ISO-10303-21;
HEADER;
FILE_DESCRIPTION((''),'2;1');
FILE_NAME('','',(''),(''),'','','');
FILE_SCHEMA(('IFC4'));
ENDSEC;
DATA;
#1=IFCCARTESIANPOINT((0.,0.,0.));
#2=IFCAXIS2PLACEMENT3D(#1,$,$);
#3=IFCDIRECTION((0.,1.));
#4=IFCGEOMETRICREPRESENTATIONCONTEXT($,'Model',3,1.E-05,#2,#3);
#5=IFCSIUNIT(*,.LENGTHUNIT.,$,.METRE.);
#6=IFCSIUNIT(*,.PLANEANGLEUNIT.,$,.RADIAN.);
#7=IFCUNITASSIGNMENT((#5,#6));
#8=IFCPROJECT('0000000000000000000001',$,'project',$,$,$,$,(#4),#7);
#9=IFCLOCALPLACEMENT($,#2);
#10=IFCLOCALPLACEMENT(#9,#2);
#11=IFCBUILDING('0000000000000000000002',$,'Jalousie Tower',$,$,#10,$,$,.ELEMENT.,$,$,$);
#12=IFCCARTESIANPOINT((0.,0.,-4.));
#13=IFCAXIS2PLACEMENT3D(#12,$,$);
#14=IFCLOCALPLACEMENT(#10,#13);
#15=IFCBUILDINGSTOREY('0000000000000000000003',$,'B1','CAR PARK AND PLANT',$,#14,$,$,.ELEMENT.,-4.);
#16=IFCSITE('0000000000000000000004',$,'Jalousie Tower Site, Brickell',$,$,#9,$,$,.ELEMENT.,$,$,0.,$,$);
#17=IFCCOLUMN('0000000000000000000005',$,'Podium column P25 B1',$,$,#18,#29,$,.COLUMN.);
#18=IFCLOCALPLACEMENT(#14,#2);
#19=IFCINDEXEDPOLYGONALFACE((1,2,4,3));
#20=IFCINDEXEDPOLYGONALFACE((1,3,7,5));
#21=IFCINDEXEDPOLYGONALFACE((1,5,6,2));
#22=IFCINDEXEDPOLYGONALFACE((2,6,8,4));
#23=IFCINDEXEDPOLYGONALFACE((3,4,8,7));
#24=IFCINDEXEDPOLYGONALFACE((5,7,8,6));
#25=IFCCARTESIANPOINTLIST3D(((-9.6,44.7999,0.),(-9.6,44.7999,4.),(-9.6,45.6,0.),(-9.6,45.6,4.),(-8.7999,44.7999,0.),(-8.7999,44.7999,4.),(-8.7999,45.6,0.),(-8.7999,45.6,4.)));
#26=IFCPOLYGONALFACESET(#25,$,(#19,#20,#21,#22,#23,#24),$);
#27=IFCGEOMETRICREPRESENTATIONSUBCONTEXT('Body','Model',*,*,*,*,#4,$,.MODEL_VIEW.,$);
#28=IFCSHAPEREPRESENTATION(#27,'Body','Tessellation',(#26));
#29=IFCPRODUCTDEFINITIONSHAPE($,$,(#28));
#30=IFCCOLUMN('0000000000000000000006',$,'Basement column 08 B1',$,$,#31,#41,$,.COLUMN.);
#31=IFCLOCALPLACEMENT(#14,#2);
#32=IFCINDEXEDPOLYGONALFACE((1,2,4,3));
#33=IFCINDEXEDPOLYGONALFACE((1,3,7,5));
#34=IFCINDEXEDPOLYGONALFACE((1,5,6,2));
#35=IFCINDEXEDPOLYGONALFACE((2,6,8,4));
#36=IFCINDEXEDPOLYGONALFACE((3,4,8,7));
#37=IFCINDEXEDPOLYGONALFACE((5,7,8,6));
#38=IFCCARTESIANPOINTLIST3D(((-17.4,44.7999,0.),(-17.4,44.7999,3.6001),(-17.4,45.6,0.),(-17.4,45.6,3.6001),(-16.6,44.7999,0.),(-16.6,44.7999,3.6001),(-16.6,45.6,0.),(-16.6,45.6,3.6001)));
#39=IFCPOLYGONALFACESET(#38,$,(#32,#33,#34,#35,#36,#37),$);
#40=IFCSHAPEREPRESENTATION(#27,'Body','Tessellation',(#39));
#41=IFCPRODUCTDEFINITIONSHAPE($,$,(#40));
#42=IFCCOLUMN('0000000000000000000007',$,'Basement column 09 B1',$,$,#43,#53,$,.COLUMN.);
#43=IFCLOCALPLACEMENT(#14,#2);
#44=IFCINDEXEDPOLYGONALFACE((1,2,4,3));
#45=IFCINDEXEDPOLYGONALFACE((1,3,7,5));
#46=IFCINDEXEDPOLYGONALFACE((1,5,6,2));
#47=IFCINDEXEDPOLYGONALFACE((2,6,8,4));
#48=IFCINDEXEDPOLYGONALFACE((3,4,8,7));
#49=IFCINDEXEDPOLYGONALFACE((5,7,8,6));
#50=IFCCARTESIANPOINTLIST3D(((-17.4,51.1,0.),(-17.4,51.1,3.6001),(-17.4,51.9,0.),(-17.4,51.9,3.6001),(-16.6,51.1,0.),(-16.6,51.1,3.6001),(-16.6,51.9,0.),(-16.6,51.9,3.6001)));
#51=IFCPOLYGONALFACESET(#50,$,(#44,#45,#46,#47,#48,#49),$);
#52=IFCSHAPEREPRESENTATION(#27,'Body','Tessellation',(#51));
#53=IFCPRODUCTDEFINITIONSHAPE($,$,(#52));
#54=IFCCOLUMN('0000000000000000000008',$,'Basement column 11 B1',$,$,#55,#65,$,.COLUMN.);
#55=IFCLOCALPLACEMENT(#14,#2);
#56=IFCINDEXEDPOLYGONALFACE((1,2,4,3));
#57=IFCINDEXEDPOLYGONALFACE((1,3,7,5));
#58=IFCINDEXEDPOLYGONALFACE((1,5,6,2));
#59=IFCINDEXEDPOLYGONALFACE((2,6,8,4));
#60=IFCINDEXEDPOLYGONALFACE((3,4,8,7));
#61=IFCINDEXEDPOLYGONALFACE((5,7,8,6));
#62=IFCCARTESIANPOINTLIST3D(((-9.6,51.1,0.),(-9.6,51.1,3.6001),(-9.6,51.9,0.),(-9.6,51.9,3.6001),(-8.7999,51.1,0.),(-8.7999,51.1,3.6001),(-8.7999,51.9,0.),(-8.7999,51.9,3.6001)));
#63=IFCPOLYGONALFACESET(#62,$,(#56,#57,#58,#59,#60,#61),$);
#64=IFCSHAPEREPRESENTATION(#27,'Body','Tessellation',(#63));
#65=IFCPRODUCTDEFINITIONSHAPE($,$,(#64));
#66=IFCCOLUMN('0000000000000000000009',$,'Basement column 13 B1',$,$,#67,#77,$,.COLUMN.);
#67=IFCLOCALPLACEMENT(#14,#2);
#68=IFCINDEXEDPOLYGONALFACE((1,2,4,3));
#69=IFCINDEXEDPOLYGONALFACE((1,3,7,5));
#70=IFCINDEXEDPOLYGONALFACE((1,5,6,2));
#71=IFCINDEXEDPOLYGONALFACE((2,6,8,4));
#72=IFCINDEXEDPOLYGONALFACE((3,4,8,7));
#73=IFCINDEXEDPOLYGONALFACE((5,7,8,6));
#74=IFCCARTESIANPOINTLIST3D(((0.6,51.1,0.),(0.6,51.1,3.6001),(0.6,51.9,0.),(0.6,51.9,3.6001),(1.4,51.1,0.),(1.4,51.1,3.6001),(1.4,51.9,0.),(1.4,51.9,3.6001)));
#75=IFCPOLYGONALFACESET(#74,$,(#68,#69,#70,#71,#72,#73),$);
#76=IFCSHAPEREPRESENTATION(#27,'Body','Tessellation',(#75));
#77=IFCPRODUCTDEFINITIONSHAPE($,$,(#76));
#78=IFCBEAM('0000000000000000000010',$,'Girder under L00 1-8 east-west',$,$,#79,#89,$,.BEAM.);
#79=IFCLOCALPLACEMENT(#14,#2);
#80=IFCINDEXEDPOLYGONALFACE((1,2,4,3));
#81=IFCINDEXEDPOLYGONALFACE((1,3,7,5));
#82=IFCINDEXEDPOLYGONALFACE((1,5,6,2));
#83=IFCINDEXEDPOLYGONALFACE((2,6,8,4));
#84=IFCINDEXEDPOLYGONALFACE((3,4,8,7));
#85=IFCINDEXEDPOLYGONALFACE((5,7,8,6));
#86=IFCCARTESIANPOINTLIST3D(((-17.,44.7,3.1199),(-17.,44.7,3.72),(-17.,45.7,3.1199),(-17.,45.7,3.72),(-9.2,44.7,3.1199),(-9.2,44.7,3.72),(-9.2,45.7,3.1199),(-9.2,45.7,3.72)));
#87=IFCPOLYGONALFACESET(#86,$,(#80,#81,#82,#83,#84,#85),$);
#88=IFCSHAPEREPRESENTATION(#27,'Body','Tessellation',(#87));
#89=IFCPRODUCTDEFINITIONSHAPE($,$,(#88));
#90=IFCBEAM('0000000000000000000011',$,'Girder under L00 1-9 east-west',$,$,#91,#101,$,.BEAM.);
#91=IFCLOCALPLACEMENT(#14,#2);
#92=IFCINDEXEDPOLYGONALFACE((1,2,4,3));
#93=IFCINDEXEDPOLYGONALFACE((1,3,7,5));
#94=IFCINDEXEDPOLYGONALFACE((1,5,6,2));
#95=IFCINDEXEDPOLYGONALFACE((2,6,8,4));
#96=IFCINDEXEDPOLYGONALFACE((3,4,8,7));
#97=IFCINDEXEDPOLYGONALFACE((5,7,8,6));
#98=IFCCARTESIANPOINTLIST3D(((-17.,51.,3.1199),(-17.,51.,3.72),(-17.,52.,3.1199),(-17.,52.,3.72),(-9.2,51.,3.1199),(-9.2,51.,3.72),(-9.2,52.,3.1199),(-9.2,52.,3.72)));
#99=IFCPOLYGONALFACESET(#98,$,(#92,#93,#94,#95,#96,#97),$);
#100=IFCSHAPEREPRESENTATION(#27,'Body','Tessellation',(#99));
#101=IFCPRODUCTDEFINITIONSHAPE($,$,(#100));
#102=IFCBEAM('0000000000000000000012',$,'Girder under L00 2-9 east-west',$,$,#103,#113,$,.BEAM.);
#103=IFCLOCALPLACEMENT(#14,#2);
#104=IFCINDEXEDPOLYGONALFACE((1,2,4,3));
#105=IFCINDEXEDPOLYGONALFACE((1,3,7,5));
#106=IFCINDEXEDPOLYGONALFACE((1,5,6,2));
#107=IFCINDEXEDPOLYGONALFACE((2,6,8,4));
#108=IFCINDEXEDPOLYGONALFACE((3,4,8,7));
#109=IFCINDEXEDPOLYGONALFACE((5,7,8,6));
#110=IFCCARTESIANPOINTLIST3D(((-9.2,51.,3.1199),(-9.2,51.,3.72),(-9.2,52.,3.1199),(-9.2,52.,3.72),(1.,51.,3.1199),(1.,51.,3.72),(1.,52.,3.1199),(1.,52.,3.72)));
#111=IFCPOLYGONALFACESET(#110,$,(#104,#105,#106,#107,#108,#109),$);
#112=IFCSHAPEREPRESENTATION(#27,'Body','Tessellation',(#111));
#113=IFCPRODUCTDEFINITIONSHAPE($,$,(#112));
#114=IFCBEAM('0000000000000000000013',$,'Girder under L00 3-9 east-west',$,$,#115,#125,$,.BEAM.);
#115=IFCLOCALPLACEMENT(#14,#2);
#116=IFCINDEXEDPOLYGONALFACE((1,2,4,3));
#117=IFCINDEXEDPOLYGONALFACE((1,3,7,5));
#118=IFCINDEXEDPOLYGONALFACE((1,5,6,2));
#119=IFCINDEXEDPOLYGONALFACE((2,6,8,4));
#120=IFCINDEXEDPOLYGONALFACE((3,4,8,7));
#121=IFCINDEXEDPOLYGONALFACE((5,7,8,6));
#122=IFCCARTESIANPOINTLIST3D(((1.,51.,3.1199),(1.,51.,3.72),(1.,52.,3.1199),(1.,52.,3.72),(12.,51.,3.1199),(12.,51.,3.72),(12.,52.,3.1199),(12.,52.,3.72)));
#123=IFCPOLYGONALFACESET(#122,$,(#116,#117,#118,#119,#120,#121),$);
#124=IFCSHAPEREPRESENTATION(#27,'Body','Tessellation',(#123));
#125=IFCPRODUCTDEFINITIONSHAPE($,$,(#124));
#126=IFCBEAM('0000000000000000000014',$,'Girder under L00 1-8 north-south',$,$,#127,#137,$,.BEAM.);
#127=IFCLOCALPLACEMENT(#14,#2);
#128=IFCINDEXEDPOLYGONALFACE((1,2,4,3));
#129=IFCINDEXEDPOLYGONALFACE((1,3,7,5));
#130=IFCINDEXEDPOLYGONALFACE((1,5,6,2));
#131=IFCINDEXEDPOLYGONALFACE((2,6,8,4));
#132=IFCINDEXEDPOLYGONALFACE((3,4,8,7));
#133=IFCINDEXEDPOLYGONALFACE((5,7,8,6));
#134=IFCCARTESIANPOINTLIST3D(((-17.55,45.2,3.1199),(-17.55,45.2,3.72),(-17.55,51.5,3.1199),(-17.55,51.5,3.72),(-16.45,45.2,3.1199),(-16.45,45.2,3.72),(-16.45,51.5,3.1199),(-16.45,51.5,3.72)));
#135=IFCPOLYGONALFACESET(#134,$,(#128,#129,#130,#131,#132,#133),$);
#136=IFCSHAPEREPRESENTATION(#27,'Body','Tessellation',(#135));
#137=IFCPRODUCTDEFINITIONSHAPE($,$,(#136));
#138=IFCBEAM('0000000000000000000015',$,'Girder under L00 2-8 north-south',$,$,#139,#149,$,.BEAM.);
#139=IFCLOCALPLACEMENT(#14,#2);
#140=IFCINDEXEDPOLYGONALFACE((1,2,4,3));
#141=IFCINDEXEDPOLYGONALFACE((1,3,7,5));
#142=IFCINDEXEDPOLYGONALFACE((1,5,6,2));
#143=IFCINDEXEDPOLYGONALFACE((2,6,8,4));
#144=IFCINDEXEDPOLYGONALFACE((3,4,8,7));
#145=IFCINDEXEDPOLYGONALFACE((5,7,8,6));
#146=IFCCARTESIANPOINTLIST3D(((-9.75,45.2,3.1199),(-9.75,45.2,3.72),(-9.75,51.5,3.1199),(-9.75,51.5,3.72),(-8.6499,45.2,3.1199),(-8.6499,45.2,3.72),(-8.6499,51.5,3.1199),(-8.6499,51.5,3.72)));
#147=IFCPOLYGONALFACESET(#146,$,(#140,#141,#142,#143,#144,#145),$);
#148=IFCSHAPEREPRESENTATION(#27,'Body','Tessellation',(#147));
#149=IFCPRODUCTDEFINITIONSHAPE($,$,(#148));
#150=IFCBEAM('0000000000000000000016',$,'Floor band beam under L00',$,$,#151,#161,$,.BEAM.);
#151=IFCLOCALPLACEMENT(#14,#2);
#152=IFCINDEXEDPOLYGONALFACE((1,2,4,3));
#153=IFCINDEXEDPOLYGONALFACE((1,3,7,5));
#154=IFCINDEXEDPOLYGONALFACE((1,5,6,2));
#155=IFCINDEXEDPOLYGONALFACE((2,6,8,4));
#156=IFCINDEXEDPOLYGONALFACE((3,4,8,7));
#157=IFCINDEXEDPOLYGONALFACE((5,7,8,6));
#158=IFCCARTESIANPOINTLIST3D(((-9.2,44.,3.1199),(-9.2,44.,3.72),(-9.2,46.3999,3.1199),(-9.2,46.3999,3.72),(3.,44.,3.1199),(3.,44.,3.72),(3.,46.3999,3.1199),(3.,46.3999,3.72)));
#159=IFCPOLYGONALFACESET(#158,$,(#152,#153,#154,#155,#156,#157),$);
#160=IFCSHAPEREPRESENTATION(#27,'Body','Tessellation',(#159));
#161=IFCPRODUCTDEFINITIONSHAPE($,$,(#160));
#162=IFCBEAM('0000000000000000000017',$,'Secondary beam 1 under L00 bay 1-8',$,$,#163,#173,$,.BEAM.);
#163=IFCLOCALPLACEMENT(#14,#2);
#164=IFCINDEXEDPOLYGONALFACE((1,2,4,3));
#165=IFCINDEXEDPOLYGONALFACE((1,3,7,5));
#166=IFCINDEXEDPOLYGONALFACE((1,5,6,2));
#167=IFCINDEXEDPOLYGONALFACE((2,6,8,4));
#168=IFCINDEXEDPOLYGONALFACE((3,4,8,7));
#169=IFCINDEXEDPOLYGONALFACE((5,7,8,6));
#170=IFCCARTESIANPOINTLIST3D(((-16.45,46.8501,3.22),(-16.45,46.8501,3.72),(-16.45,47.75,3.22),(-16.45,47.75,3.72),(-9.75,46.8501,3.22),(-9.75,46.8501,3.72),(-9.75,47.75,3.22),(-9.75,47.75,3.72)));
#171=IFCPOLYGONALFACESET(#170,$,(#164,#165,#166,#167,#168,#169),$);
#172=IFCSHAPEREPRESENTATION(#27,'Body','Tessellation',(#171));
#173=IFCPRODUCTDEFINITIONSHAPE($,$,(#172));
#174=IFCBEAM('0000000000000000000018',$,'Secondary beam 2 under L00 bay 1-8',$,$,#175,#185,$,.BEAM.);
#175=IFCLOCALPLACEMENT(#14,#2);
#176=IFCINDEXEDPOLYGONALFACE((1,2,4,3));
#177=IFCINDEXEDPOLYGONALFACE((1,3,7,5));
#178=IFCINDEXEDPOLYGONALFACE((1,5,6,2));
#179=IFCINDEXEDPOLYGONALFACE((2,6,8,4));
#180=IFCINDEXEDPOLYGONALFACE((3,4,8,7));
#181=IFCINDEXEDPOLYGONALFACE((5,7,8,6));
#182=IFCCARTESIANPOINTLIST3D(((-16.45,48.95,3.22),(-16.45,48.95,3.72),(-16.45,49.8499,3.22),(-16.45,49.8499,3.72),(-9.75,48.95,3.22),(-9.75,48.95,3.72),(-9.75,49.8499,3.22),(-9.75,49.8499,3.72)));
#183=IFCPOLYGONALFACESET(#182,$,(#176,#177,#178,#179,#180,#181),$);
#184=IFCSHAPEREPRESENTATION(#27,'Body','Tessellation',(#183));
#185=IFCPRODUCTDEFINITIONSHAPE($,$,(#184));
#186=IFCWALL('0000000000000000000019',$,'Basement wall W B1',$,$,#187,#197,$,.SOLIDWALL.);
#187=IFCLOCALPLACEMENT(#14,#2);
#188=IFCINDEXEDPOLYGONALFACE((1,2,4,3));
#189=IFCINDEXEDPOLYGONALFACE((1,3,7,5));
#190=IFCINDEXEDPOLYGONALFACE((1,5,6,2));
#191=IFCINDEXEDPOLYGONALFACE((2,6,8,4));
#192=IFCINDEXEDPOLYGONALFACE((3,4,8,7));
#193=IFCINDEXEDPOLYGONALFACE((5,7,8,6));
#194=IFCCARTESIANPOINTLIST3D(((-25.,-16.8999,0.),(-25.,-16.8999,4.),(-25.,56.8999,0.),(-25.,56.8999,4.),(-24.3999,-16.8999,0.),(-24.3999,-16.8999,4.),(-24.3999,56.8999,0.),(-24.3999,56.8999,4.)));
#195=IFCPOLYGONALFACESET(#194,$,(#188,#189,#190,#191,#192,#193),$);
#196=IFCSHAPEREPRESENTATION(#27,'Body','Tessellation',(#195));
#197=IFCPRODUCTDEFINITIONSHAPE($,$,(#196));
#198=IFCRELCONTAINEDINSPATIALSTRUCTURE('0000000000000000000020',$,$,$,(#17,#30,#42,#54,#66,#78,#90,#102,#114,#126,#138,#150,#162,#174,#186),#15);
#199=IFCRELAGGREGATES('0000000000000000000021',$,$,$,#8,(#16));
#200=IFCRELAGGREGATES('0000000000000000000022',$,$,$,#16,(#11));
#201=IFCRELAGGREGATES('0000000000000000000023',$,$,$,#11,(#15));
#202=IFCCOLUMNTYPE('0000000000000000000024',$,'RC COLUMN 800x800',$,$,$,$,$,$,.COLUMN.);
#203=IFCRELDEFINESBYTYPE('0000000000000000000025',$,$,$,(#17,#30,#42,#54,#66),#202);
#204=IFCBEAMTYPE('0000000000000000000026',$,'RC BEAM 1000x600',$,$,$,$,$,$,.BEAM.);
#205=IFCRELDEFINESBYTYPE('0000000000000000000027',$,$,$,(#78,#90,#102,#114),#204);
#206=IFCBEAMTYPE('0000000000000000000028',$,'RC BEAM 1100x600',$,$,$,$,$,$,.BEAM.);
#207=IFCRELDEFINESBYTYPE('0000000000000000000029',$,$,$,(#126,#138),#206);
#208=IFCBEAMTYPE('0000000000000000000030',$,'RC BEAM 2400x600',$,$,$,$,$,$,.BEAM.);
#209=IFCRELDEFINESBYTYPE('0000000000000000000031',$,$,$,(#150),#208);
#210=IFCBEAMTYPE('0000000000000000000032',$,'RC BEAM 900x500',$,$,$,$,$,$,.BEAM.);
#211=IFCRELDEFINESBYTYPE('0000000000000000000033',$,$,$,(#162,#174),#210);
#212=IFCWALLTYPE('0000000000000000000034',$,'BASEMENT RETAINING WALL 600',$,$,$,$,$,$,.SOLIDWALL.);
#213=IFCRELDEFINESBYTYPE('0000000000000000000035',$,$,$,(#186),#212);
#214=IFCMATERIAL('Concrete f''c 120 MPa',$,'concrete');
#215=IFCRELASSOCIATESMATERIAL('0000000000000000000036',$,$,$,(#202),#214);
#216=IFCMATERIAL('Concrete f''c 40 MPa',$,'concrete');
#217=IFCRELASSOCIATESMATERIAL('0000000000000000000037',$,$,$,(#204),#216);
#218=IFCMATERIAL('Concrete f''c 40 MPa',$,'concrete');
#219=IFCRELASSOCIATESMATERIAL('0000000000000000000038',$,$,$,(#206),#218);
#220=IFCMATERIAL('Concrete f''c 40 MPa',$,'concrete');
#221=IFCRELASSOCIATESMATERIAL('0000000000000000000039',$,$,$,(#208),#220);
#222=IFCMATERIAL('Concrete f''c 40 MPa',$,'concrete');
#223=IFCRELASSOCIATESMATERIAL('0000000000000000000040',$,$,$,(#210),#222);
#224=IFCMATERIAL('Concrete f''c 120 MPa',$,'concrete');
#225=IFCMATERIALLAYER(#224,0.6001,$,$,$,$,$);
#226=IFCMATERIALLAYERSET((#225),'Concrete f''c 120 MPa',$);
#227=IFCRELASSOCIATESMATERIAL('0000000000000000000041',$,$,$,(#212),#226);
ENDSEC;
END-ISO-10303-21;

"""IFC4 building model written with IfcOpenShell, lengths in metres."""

from ifc_helpers import new_model, si_unit, direction, frame, frame_2d, origin, origin_2d, place, context, subcontext, project, spatial, rectangle, extrude, material, layer, layer_set, material_profile, profile_set, type_object, element, save


model = new_model("IFC4")

# Units and contexts
model_context = context("Model", 3, precision=1e-05, world=origin(), true_north=direction((0.0, 1.0)))
body_context = subcontext(model_context, "Body", "Model", "MODEL_VIEW")
ifc_project = project(units=[si_unit("LENGTHUNIT", "METRE"), si_unit("PLANEANGLEUNIT", "RADIAN")], contexts=[model_context])

# Site, building, storey
site_placement = place(None, origin())
site = spatial("IfcSite", under=ifc_project, at=site_placement, Name="Jalousie Tower Site, Brickell", CompositionType="ELEMENT", RefElevation=0.0)
building_placement = place(site_placement, origin())
building = spatial("IfcBuilding", under=site, at=building_placement, Name="Jalousie Tower", CompositionType="ELEMENT")
storey_placement = place(building_placement, frame((0.0, 0.0, -4.0)))
storey = spatial("IfcBuildingStorey", under=building, at=storey_placement, Name="B1", Description="CAR PARK AND PLANT", CompositionType="ELEMENT", Elevation=-4.0)

# Columns
ifc_material_1 = material(Name="Concrete f'c 120 MPa", Category="concrete")
ifc_material_profile_1 = material_profile(ifc_material_1, rectangle(XDim=0.8, YDim=0.8, at=origin_2d()), Name="RC 800x800")
ifc_profile_set_1 = profile_set([ifc_material_profile_1], Name="Concrete f'c 120 MPa")
column_type = type_object("IfcColumnType", Name="RC COLUMN 800x800", PredefinedType="COLUMN", material=ifc_profile_set_1)
column_placement = place(storey_placement, frame((-9.2, 45.2, 0.0), z_axis=(0.0, 0.0, 1.0), x_axis=(1.0, 0.0, 0.0)))
element("IfcColumn", 1, at=column_placement, inside=storey, type_object=column_type, Name="Podium column P25 B1", PredefinedType="COLUMN", context=body_context, shape_type="SweptSolid", body=[
    extrude(rectangle(XDim=0.8, YDim=0.8, at=origin_2d()), origin(), (0.0, 0.0, 1.0), 4.0),
])
for number, where, z_axis, x_axis, name in (
    (2, (-17.0, 45.2, 0.0), (0.0, 0.0, 1.0), (1.0, 0.0, 0.0), "Basement column 08 B1"),
    (3, (-17.0, 51.5, 0.0), (0.0, 0.0, 1.0), (1.0, 0.0, 0.0), "Basement column 09 B1"),
    (4, (-9.2, 51.5, 0.0), (0.0, 0.0, 1.0), (1.0, 0.0, 0.0), "Basement column 11 B1"),
    (5, (1.0, 51.5, 0.0), (0.0, 0.0, 1.0), (1.0, 0.0, 0.0), "Basement column 13 B1"),
):
    element("IfcColumn", number, at=place(storey_placement, frame(where, z_axis=z_axis, x_axis=x_axis)), inside=storey, type_object=column_type, Name=name, PredefinedType="COLUMN", context=body_context, shape_type="SweptSolid", body=[
        extrude(rectangle(XDim=0.8, YDim=0.8, at=origin_2d()), origin(), (0.0, 0.0, 1.0), 3.6001),
    ])

# Beams
ifc_material_2 = material(Name="Concrete f'c 40 MPa", Category="concrete")
ifc_material_profile_2 = material_profile(ifc_material_2, rectangle(XDim=1.0, YDim=0.6001, at=origin_2d()), Name="RC 1000x600")
ifc_profile_set_2 = profile_set([ifc_material_profile_2], Name="Concrete f'c 40 MPa")
beam_type_1 = type_object("IfcBeamType", Name="RC BEAM 1000x600", PredefinedType="BEAM", material=ifc_profile_set_2)
for number, where, z_axis, x_axis, name in (
    (6, (-17.0, 45.2, 3.4199), (1.0, 0.0, 0.0), (0.0, 1.0, 0.0), "Girder under L00 1-8 east-west"),
    (7, (-17.0, 51.5, 3.4199), (1.0, 0.0, 0.0), (0.0, 1.0, 0.0), "Girder under L00 1-9 east-west"),
):
    element("IfcBeam", number, at=place(storey_placement, frame(where, z_axis=z_axis, x_axis=x_axis)), inside=storey, type_object=beam_type_1, Name=name, PredefinedType="BEAM", context=body_context, shape_type="SweptSolid", body=[
        extrude(rectangle(XDim=1.0, YDim=0.6001, at=origin_2d()), origin(), (0.0, 0.0, 1.0), 7.8),
    ])
beam_1_placement = place(storey_placement, frame((-9.2, 51.5, 3.4199), z_axis=(1.0, 0.0, 0.0), x_axis=(0.0, 1.0, 0.0)))
element("IfcBeam", 8, at=beam_1_placement, inside=storey, type_object=beam_type_1, Name="Girder under L00 2-9 east-west", PredefinedType="BEAM", context=body_context, shape_type="SweptSolid", body=[
    extrude(rectangle(XDim=1.0, YDim=0.6001, at=origin_2d()), origin(), (0.0, 0.0, 1.0), 10.2),
])
beam_2_placement = place(storey_placement, frame((1.0, 51.5, 3.4199), z_axis=(1.0, 0.0, 0.0), x_axis=(0.0, 1.0, 0.0)))
element("IfcBeam", 9, at=beam_2_placement, inside=storey, type_object=beam_type_1, Name="Girder under L00 3-9 east-west", PredefinedType="BEAM", context=body_context, shape_type="SweptSolid", body=[
    extrude(rectangle(XDim=1.0, YDim=0.6001, at=origin_2d()), origin(), (0.0, 0.0, 1.0), 11.0),
])
ifc_material_3 = material(Name="Concrete f'c 40 MPa", Category="concrete")
ifc_material_profile_3 = material_profile(ifc_material_3, rectangle(XDim=1.1001, YDim=0.6001, at=origin_2d()), Name="RC 1100x600")
ifc_profile_set_3 = profile_set([ifc_material_profile_3], Name="Concrete f'c 40 MPa")
beam_type_2 = type_object("IfcBeamType", Name="RC BEAM 1100x600", PredefinedType="BEAM", material=ifc_profile_set_3)
for number, where, z_axis, x_axis, name in (
    (10, (-17.0, 45.2, 3.4199), (0.0, 1.0, 0.0), (-1.0, 0.0, 0.0), "Girder under L00 1-8 north-south"),
    (11, (-9.2, 45.2, 3.4199), (0.0, 1.0, 0.0), (-1.0, 0.0, 0.0), "Girder under L00 2-8 north-south"),
):
    element("IfcBeam", number, at=place(storey_placement, frame(where, z_axis=z_axis, x_axis=x_axis)), inside=storey, type_object=beam_type_2, Name=name, PredefinedType="BEAM", context=body_context, shape_type="SweptSolid", body=[
        extrude(rectangle(XDim=1.1001, YDim=0.6001, at=origin_2d()), origin(), (0.0, 0.0, 1.0), 6.3),
    ])
ifc_material_4 = material(Name="Concrete f'c 40 MPa", Category="concrete")
ifc_material_profile_4 = material_profile(ifc_material_4, rectangle(XDim=2.3999, YDim=0.6001, at=origin_2d()), Name="RC 2400x600")
ifc_profile_set_4 = profile_set([ifc_material_profile_4], Name="Concrete f'c 40 MPa")
beam_type_3 = type_object("IfcBeamType", Name="RC BEAM 2400x600", PredefinedType="BEAM", material=ifc_profile_set_4)
beam_3_placement = place(storey_placement, frame((-9.2, 45.2, 3.4199), z_axis=(1.0, 0.0, 0.0), x_axis=(0.0, 1.0, 0.0)))
element("IfcBeam", 12, at=beam_3_placement, inside=storey, type_object=beam_type_3, Name="Floor band beam under L00", PredefinedType="BEAM", context=body_context, shape_type="SweptSolid", body=[
    extrude(rectangle(XDim=2.3999, YDim=0.6001, at=origin_2d()), origin(), (0.0, 0.0, 1.0), 12.2),
])
ifc_material_5 = material(Name="Concrete f'c 40 MPa", Category="concrete")
ifc_material_profile_5 = material_profile(ifc_material_5, rectangle(XDim=0.8999, YDim=0.5, at=origin_2d()), Name="RC 900x500")
ifc_profile_set_5 = profile_set([ifc_material_profile_5], Name="Concrete f'c 40 MPa")
beam_type_4 = type_object("IfcBeamType", Name="RC BEAM 900x500", PredefinedType="BEAM", material=ifc_profile_set_5)
for number, where, z_axis, x_axis, name in (
    (13, (-16.45, 47.3, 3.47), (1.0, 0.0, 0.0), (0.0, 1.0, 0.0), "Secondary beam 1 under L00 bay 1-8"),
    (14, (-16.45, 49.3999, 3.47), (1.0, 0.0, 0.0), (0.0, 1.0, 0.0), "Secondary beam 2 under L00 bay 1-8"),
):
    element("IfcBeam", number, at=place(storey_placement, frame(where, z_axis=z_axis, x_axis=x_axis)), inside=storey, type_object=beam_type_4, Name=name, PredefinedType="BEAM", context=body_context, shape_type="SweptSolid", body=[
        extrude(rectangle(XDim=0.8999, YDim=0.5, at=origin_2d()), origin(), (0.0, 0.0, 1.0), 6.7),
    ])

# Wall
ifc_material_6 = material(Name="Concrete f'c 120 MPa", Category="concrete")
ifc_layer = layer(ifc_material_6, 0.6001)
ifc_layer_set = layer_set([ifc_layer], Name="Concrete f'c 120 MPa")
wall_type_1 = type_object("IfcWallType", Name="BASEMENT RETAINING WALL 600", PredefinedType="SOLIDWALL", material=ifc_layer_set)
wall_1_placement = place(storey_placement, frame((-24.7, 56.8999, 0.0), z_axis=(0.0, 0.0, 1.0), x_axis=(0.0, -1.0, 0.0)))
element("IfcWall", 15, at=wall_1_placement, inside=storey, type_object=wall_type_1, Name="Basement wall W B1", PredefinedType="SOLIDWALL", context=body_context, shape_type="SweptSolid", body=[
    extrude(rectangle(XDim=73.7998, YDim=0.6001, at=frame_2d((36.8999, 0.0))), origin(), (0.0, 0.0, 1.0), 4.0),
])

save(model, "model.ifc")
